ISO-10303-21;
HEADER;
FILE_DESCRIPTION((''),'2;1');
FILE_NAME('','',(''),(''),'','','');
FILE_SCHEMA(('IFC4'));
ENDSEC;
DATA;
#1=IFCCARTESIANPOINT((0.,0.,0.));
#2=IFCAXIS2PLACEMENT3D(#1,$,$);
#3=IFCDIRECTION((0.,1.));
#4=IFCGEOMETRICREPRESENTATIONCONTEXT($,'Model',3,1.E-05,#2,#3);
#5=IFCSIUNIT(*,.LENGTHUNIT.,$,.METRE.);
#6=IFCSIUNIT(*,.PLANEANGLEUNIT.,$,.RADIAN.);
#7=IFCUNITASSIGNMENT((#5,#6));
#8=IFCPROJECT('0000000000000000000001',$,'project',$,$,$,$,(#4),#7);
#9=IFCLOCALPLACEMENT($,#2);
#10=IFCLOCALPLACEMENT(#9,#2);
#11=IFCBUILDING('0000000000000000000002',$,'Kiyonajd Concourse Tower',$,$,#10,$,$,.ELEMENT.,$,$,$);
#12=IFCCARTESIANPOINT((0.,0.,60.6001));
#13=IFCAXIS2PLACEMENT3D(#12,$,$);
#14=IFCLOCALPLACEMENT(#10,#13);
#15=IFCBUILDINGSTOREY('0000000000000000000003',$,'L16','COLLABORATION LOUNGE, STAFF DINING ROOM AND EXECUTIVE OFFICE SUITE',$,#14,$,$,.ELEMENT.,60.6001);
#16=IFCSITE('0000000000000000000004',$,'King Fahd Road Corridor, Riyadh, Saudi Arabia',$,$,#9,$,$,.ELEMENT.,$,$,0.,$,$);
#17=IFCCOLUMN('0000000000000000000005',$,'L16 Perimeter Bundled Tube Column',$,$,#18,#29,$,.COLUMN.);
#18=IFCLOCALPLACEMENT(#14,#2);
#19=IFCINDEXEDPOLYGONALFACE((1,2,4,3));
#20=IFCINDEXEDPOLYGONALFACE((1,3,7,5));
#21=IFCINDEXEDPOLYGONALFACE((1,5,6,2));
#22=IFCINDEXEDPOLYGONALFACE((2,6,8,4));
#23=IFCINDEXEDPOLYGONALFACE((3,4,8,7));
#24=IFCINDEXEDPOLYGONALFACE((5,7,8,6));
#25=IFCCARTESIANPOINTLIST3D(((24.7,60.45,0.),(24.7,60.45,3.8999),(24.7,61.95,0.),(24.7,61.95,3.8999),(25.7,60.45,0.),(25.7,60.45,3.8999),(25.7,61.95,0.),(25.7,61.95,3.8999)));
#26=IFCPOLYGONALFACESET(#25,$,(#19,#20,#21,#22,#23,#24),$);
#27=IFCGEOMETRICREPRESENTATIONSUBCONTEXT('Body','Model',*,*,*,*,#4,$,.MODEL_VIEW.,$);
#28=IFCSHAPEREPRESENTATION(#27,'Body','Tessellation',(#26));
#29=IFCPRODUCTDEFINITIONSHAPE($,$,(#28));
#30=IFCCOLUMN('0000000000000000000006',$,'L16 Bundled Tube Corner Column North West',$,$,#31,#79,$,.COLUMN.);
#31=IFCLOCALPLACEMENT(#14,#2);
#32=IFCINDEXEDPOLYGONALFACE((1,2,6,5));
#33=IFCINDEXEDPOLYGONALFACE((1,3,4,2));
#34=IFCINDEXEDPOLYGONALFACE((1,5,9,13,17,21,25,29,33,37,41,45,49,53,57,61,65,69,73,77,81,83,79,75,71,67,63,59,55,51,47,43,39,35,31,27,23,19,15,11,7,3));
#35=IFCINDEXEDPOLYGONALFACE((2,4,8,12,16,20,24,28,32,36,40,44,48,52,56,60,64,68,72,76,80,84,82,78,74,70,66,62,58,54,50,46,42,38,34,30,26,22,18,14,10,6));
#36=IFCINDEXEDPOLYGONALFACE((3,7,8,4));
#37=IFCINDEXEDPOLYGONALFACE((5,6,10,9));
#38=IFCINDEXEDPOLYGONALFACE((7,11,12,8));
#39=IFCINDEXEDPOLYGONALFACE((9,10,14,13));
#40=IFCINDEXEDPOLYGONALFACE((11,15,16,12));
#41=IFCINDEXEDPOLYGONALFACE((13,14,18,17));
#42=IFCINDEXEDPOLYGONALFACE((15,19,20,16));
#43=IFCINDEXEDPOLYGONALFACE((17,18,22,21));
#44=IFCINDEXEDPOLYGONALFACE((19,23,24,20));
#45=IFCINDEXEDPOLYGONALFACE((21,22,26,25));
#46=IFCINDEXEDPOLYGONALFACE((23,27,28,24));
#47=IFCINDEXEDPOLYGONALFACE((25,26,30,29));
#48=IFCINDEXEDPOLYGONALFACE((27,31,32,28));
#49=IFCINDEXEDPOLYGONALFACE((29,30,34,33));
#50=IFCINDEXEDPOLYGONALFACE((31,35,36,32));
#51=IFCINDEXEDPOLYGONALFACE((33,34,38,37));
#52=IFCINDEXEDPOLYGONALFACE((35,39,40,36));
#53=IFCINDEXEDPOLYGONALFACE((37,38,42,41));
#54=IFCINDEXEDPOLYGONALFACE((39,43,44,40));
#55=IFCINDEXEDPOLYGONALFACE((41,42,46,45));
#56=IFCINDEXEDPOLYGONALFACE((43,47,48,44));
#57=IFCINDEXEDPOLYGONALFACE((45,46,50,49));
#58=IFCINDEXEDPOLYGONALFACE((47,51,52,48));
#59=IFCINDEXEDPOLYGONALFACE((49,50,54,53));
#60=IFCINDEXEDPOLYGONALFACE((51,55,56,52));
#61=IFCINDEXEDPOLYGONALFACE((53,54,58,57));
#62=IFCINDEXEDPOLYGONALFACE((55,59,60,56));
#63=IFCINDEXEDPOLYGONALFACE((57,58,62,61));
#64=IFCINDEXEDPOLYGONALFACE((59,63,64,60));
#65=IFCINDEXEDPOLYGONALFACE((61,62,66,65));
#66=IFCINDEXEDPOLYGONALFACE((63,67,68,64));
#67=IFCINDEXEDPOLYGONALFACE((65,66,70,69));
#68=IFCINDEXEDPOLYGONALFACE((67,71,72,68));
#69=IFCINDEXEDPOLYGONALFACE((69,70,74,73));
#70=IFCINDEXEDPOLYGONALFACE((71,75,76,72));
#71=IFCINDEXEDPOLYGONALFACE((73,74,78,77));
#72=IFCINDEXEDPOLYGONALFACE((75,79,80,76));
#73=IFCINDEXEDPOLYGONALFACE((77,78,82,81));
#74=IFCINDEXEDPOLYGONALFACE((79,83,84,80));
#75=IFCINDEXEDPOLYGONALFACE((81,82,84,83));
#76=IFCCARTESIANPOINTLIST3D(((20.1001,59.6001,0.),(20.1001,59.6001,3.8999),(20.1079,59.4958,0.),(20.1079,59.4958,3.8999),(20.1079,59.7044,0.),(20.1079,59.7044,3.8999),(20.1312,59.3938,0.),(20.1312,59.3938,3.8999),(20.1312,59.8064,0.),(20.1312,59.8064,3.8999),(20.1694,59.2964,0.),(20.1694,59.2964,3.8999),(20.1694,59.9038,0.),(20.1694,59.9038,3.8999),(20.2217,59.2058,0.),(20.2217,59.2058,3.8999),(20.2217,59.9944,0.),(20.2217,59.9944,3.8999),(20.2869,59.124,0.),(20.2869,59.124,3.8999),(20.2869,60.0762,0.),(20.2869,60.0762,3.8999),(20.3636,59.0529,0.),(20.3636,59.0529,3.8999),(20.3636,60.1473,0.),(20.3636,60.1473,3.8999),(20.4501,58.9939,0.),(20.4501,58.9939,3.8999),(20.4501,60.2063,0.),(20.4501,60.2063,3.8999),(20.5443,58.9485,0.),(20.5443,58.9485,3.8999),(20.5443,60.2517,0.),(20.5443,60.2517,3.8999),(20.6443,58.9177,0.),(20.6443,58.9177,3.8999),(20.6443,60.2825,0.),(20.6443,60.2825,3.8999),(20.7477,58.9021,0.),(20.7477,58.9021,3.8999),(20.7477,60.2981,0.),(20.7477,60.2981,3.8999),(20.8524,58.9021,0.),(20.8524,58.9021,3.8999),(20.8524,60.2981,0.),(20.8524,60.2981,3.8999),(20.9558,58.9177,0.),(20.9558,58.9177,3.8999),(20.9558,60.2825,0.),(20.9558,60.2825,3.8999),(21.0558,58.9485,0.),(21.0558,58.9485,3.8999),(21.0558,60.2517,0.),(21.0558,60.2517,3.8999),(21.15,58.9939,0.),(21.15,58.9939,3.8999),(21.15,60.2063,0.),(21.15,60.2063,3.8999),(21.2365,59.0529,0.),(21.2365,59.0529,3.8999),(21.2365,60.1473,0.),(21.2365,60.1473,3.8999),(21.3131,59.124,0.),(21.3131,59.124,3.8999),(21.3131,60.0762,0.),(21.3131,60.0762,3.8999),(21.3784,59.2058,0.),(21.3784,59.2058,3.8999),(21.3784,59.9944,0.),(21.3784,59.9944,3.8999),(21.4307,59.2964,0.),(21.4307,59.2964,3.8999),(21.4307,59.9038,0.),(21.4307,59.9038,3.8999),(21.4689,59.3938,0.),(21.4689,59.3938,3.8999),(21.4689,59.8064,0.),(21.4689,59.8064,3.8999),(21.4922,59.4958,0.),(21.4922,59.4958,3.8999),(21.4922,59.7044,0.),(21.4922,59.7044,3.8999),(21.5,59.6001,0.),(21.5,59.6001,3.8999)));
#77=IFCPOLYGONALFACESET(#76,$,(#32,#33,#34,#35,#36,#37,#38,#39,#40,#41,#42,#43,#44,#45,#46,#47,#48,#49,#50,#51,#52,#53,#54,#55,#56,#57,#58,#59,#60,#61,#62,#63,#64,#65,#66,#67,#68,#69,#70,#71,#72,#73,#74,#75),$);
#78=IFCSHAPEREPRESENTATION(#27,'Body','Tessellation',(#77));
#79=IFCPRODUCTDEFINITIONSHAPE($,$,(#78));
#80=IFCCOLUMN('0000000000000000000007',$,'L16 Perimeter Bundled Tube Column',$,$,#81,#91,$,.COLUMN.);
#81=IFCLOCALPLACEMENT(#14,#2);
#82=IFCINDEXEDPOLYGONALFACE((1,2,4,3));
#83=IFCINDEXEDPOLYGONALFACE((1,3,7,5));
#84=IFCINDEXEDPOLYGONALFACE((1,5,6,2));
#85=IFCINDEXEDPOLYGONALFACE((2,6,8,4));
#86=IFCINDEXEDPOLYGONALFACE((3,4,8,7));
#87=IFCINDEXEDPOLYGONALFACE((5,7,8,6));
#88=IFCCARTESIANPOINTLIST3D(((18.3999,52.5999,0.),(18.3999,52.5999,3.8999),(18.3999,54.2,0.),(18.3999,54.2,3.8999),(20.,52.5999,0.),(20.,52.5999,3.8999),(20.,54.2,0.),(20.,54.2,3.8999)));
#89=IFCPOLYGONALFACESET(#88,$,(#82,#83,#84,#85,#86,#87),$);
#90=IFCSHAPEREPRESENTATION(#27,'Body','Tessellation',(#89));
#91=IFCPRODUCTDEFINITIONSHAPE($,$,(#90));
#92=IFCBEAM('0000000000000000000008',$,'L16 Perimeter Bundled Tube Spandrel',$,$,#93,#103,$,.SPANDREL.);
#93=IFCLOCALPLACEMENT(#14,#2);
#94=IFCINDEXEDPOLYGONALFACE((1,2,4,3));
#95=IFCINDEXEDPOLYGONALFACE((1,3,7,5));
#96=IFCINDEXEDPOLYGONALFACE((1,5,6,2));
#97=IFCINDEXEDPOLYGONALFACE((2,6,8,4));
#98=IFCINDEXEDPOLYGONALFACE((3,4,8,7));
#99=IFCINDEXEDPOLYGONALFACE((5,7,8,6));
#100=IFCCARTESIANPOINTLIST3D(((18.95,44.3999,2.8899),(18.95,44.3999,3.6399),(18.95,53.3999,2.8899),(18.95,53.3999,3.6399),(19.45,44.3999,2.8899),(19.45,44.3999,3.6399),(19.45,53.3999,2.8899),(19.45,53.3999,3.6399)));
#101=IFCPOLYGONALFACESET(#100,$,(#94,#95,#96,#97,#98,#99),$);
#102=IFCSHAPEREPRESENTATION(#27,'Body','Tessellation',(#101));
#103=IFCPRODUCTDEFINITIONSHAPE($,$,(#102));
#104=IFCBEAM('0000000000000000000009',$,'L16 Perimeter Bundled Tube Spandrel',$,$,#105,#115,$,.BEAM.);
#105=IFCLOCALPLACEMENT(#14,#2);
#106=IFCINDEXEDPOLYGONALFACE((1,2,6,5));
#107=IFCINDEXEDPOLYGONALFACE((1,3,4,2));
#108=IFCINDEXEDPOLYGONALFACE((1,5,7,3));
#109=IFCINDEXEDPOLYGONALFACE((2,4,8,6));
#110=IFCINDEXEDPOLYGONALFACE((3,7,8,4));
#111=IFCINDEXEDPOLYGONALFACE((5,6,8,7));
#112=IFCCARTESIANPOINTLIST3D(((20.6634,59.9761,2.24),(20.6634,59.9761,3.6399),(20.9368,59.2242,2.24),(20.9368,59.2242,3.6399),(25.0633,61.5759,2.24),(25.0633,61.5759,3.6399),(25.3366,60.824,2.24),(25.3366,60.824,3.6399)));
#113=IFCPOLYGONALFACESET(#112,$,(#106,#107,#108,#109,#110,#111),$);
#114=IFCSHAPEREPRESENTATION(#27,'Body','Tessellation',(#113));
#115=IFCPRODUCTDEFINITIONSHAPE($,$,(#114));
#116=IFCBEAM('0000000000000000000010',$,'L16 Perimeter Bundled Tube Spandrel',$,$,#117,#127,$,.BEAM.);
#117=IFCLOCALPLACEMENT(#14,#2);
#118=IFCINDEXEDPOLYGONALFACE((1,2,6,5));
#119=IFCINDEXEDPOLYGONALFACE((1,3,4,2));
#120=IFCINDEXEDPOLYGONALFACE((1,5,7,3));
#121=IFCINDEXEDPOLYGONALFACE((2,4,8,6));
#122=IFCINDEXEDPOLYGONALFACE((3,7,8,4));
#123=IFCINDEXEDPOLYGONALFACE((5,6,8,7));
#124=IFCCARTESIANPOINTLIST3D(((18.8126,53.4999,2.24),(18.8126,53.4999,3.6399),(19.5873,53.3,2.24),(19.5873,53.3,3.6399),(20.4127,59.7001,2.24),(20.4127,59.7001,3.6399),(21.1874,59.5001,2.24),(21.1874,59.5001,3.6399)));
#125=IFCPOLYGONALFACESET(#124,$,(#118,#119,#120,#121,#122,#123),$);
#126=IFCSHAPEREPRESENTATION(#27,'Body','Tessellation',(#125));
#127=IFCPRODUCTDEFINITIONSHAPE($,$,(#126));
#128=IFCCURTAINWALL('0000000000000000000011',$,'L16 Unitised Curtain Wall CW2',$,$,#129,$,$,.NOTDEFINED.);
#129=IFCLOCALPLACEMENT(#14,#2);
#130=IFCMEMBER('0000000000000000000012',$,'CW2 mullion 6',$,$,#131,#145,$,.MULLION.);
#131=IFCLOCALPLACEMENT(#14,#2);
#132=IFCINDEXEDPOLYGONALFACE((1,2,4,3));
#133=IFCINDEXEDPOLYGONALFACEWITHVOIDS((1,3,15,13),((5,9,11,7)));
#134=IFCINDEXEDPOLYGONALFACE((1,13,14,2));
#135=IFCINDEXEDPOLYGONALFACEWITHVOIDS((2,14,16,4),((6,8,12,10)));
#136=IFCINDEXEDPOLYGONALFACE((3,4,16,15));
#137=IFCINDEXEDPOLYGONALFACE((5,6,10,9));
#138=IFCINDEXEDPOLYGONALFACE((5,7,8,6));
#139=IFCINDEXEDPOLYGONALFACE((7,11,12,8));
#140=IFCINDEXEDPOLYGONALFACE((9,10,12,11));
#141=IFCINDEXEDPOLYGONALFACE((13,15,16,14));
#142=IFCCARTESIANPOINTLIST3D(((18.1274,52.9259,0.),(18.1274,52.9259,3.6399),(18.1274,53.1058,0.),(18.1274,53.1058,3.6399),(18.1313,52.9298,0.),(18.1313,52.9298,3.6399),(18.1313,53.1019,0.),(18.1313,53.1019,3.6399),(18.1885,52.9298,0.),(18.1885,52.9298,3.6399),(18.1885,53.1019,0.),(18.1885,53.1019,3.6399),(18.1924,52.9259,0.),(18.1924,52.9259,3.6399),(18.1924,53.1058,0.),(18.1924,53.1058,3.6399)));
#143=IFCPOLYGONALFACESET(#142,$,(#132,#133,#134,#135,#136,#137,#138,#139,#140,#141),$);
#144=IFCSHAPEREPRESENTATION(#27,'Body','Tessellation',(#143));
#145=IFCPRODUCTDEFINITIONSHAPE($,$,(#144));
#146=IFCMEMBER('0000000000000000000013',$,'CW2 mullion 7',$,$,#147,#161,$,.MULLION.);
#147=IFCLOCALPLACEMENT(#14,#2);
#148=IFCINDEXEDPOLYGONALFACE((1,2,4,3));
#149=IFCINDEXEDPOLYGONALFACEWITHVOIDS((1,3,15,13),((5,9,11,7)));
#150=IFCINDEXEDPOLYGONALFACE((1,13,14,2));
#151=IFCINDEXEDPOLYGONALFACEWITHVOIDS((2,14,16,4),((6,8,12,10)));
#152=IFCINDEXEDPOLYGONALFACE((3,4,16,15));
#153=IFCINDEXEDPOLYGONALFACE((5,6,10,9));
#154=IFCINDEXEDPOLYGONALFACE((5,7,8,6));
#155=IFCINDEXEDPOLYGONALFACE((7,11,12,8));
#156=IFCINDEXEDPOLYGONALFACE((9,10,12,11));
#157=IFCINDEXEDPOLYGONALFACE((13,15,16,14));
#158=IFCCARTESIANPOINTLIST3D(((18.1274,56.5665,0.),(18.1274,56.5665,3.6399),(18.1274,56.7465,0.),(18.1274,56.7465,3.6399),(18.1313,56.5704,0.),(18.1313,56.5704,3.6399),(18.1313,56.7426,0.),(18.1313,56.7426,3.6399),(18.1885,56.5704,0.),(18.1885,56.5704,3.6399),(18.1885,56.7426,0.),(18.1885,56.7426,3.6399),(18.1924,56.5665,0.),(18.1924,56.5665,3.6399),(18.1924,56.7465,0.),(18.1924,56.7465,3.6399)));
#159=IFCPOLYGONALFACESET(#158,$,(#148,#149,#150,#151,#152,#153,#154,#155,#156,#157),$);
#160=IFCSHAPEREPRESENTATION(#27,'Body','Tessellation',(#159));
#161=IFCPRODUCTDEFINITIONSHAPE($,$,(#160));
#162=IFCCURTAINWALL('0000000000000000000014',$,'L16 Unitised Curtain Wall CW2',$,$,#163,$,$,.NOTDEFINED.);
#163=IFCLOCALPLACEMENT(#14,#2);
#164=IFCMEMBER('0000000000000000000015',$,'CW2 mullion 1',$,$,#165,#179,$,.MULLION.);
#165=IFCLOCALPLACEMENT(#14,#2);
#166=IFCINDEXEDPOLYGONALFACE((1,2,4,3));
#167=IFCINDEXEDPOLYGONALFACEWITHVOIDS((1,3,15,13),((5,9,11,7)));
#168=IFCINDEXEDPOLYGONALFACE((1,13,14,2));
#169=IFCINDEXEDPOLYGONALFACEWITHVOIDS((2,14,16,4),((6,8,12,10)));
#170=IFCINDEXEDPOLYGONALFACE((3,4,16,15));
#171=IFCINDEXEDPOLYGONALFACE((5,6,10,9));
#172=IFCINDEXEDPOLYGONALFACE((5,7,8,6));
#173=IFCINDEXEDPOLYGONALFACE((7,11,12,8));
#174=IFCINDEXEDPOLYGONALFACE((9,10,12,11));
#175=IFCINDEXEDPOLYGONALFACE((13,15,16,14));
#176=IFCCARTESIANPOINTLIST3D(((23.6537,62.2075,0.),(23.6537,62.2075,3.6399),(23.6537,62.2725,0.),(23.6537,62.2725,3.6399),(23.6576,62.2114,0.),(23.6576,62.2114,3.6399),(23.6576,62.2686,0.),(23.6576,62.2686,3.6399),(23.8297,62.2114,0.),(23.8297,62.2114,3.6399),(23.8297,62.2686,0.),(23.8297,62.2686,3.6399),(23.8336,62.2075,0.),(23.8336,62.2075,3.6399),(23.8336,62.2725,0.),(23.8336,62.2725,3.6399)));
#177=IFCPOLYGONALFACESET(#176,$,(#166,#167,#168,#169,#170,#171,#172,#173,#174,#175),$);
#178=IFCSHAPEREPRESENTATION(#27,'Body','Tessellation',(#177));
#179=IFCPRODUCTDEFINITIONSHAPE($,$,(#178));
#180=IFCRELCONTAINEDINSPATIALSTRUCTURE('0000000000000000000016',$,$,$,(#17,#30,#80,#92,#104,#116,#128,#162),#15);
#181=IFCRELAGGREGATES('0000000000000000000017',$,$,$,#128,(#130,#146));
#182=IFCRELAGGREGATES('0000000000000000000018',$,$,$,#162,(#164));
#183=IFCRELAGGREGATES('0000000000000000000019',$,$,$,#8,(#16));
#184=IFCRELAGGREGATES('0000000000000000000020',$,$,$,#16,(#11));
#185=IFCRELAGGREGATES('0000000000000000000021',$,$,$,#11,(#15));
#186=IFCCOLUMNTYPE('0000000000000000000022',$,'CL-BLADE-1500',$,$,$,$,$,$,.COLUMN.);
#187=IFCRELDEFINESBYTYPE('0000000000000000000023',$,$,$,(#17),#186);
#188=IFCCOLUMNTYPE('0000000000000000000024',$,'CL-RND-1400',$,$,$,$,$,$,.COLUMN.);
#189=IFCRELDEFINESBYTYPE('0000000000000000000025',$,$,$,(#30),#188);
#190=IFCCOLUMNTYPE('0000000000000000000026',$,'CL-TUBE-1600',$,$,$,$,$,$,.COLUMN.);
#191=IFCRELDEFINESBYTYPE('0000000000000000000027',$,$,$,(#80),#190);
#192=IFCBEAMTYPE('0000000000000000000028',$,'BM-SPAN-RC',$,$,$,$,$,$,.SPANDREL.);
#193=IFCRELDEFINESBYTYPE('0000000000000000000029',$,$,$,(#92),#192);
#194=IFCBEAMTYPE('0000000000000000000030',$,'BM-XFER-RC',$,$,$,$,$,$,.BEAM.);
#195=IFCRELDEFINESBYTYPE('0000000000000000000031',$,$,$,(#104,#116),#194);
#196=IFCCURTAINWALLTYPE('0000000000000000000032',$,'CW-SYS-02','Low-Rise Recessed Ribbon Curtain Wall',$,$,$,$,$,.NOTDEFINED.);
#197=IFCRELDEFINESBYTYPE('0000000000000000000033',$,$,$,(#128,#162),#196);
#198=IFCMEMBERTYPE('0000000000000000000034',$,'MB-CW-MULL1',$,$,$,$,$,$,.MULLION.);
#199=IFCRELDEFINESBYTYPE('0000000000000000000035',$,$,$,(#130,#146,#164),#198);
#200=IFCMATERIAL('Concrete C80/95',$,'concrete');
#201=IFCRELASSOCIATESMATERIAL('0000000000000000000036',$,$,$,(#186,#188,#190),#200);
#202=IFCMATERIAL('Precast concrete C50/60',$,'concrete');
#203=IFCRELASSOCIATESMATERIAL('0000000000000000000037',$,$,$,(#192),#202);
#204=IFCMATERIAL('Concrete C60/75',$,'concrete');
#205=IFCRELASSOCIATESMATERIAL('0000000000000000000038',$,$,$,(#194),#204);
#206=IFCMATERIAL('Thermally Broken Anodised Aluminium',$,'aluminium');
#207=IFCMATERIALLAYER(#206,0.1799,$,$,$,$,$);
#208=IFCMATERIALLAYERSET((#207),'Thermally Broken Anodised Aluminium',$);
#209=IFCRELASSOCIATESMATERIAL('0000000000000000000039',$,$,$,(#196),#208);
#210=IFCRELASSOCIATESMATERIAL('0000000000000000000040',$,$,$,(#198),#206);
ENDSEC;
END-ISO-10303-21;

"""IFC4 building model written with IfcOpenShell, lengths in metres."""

from ifc_helpers import new_model, si_unit, direction, frame, origin, origin_2d, place, context, subcontext, project, spatial, rectangle, hollow_rectangle, circle, extrude, material, layer, layer_set, material_profile, profile_set, type_object, element, aggregate, save


model = new_model("IFC4")

# Units and contexts
model_context = context("Model", 3, precision=1e-05, world=origin(), true_north=direction((0.0, 1.0)))
body_context = subcontext(model_context, "Body", "Model", "MODEL_VIEW")
ifc_project = project(units=[si_unit("LENGTHUNIT", "METRE"), si_unit("PLANEANGLEUNIT", "RADIAN")], contexts=[model_context])

# Site, building, storey
site_placement = place(None, origin())
site = spatial("IfcSite", under=ifc_project, at=site_placement, Name="King Fahd Road Corridor, Riyadh, Saudi Arabia", CompositionType="ELEMENT", RefElevation=0.0)
building_placement = place(site_placement, origin())
building = spatial("IfcBuilding", under=site, at=building_placement, Name="Kiyonajd Concourse Tower", CompositionType="ELEMENT")
storey_placement = place(building_placement, frame((0.0, 0.0, 60.6001)))
storey = spatial("IfcBuildingStorey", under=building, at=storey_placement, Name="L16", Description="COLLABORATION LOUNGE, STAFF DINING ROOM AND EXECUTIVE OFFICE SUITE", CompositionType="ELEMENT", Elevation=60.6001)

# Columns
ifc_material_1 = material(Name="Concrete C80/95", Category="concrete")
ifc_material_profile_1 = material_profile(ifc_material_1, rectangle(XDim=1.0, YDim=1.5, at=origin_2d()), Name="RC-1500x1000")
ifc_profile_set_1 = profile_set([ifc_material_profile_1], Name="Concrete C80/95")
column_type_1 = type_object("IfcColumnType", Name="CL-BLADE-1500", PredefinedType="COLUMN", material=ifc_profile_set_1)
column_1_placement = place(storey_placement, frame((25.2, 61.2, 0.0), z_axis=(0.0, 0.0, 1.0), x_axis=(1.0, 0.0, 0.0)))
element("IfcColumn", 1, at=column_1_placement, inside=storey, type_object=column_type_1, Name="L16 Perimeter Bundled Tube Column", PredefinedType="COLUMN", context=body_context, shape_type="SweptSolid", body=[
    extrude(rectangle(XDim=1.0, YDim=1.5, at=origin_2d()), origin(), (0.0, 0.0, 1.0), 3.8999),
])
ifc_material_profile_2 = material_profile(ifc_material_1, circle(Radius=0.7, at=origin_2d()), Name="RCC-D1400")
ifc_profile_set_2 = profile_set([ifc_material_profile_2], Name="Concrete C80/95")
column_type_2 = type_object("IfcColumnType", Name="CL-RND-1400", PredefinedType="COLUMN", material=ifc_profile_set_2)
column_2_placement = place(storey_placement, frame((20.8, 59.6001, 0.0), z_axis=(0.0, 0.0, 1.0), x_axis=(1.0, 0.0, 0.0)))
element("IfcColumn", 2, at=column_2_placement, inside=storey, type_object=column_type_2, Name="L16 Bundled Tube Corner Column North West", PredefinedType="COLUMN", context=body_context, shape_type="SweptSolid", body=[
    extrude(circle(Radius=0.7, at=origin_2d()), origin(), (0.0, 0.0, 1.0), 3.8999),
])
ifc_material_profile_3 = material_profile(ifc_material_1, rectangle(XDim=1.6001, YDim=1.6001, at=origin_2d()), Name="RC-1600x1600")
ifc_profile_set_3 = profile_set([ifc_material_profile_3], Name="Concrete C80/95")
column_type_3 = type_object("IfcColumnType", Name="CL-TUBE-1600", PredefinedType="COLUMN", material=ifc_profile_set_3)
column_3_placement = place(storey_placement, frame((19.2, 53.3999, 0.0), z_axis=(0.0, 0.0, 1.0), x_axis=(1.0, 0.0, 0.0)))
element("IfcColumn", 3, at=column_3_placement, inside=storey, type_object=column_type_3, Name="L16 Perimeter Bundled Tube Column", PredefinedType="COLUMN", context=body_context, shape_type="SweptSolid", body=[
    extrude(rectangle(XDim=1.6001, YDim=1.6001, at=origin_2d()), origin(), (0.0, 0.0, 1.0), 3.8999),
])

# Beams
ifc_material_2 = material(Name="Precast concrete C50/60", Category="concrete")
ifc_material_profile_4 = material_profile(ifc_material_2, rectangle(XDim=0.5, YDim=0.75, at=origin_2d()), Name="RCBM-500x750")
ifc_profile_set_4 = profile_set([ifc_material_profile_4], Name="Precast concrete C50/60")
beam_type_1 = type_object("IfcBeamType", Name="BM-SPAN-RC", PredefinedType="SPANDREL", material=ifc_profile_set_4)
beam_1_placement = place(storey_placement, frame((19.2, 53.3999, 3.2649), z_axis=(0.0, -1.0, 0.0), x_axis=(1.0, 0.0, 0.0)))
element("IfcBeam", 4, at=beam_1_placement, inside=storey, type_object=beam_type_1, Name="L16 Perimeter Bundled Tube Spandrel", PredefinedType="SPANDREL", context=body_context, shape_type="SweptSolid", body=[
    extrude(rectangle(XDim=0.5, YDim=0.75, at=origin_2d()), origin(), (0.0, 0.0, 1.0), 9.0),
])
ifc_material_3 = material(Name="Concrete C60/75", Category="concrete")
ifc_material_profile_5 = material_profile(ifc_material_3, rectangle(XDim=0.8, YDim=1.3999, at=origin_2d()), Name="RCBM-800x1400")
ifc_profile_set_5 = profile_set([ifc_material_profile_5], Name="Concrete C60/75")
beam_type_2 = type_object("IfcBeamType", Name="BM-XFER-RC", PredefinedType="BEAM", material=ifc_profile_set_5)
beam_2_placement = place(storey_placement, frame((25.2, 61.2, 2.9399), z_axis=(-0.939801, -0.341722, 0.0), x_axis=(0.341722, -0.939801, 0.0)))
element("IfcBeam", 5, at=beam_2_placement, inside=storey, type_object=beam_type_2, Name="L16 Perimeter Bundled Tube Spandrel", PredefinedType="BEAM", context=body_context, shape_type="SweptSolid", body=[
    extrude(rectangle(XDim=0.8, YDim=1.3999, at=origin_2d()), origin(), (0.0, 0.0, 1.0), 4.6816),
])
beam_3_placement = place(storey_placement, frame((20.8, 59.6001, 2.9399), z_axis=(-0.249885, -0.968276, 0.0), x_axis=(0.968276, -0.249885, 0.0)))
element("IfcBeam", 6, at=beam_3_placement, inside=storey, type_object=beam_type_2, Name="L16 Perimeter Bundled Tube Spandrel", PredefinedType="BEAM", context=body_context, shape_type="SweptSolid", body=[
    extrude(rectangle(XDim=0.8, YDim=1.3999, at=origin_2d()), origin(), (0.0, 0.0, 1.0), 6.4033),
])

# Curtain walls, members
ifc_material_4 = material(Name="Thermally Broken Anodised Aluminium", Category="aluminium")
ifc_layer_1 = layer(ifc_material_4, 0.1799)
ifc_layer_set_1 = layer_set([ifc_layer_1], Name="Thermally Broken Anodised Aluminium")
curtain_wall_type = type_object("IfcCurtainWallType", Name="CW-SYS-02", Description="Low-Rise Recessed Ribbon Curtain Wall", PredefinedType="NOTDEFINED", material=ifc_layer_set_1)
curtain_wall_1_placement = place(storey_placement, origin())
curtain_wall_1 = element("IfcCurtainWall", 7, at=curtain_wall_1_placement, inside=storey, type_object=curtain_wall_type, Name="L16 Unitised Curtain Wall CW2", PredefinedType="NOTDEFINED")
ifc_material_profile_6 = material_profile(ifc_material_4, hollow_rectangle(XDim=0.0649, YDim=0.1799, WallThickness=0.0039, at=origin_2d()), Name="MULL-65x180")
ifc_profile_set_6 = profile_set([ifc_material_profile_6], Name="Thermally Broken Anodised Aluminium")
member_type_1 = type_object("IfcMemberType", Name="MB-CW-MULL1", PredefinedType="MULLION", material=ifc_profile_set_6)
member_1_placement = place(storey_placement, frame((18.1599, 53.0159, 0.0), z_axis=(0.0, 0.0, 1.0), x_axis=(-1.0, 0.0, 0.0)))
member_1 = element("IfcMember", 8, at=member_1_placement, type_object=member_type_1, Name="CW2 mullion 6", PredefinedType="MULLION", context=body_context, shape_type="SweptSolid", body=[
    extrude(hollow_rectangle(XDim=0.0649, YDim=0.1799, WallThickness=0.0039, at=origin_2d()), origin(), (0.0, 0.0, 1.0), 3.6399),
])
member_2_placement = place(storey_placement, frame((18.1599, 56.6565, 0.0), z_axis=(0.0, 0.0, 1.0), x_axis=(-1.0, 0.0, 0.0)))
member_2 = element("IfcMember", 9, at=member_2_placement, type_object=member_type_1, Name="CW2 mullion 7", PredefinedType="MULLION", context=body_context, shape_type="SweptSolid", body=[
    extrude(hollow_rectangle(XDim=0.0649, YDim=0.1799, WallThickness=0.0039, at=origin_2d()), origin(), (0.0, 0.0, 1.0), 3.6399),
])
curtain_wall_2_placement = place(storey_placement, origin())
curtain_wall_2 = element("IfcCurtainWall", 10, at=curtain_wall_2_placement, inside=storey, type_object=curtain_wall_type, Name="L16 Unitised Curtain Wall CW2", PredefinedType="NOTDEFINED")
member_3_placement = place(storey_placement, frame((23.7437, 62.24, 0.0), z_axis=(0.0, 0.0, 1.0), x_axis=(0.0, 1.0, 0.0)))
member_3 = element("IfcMember", 11, at=member_3_placement, type_object=member_type_1, Name="CW2 mullion 1", PredefinedType="MULLION", context=body_context, shape_type="SweptSolid", body=[
    extrude(hollow_rectangle(XDim=0.0649, YDim=0.1799, WallThickness=0.0039, at=origin_2d()), origin(), (0.0, 0.0, 1.0), 3.6399),
])

aggregate(curtain_wall_1, [member_1, member_2])
aggregate(curtain_wall_2, [member_3])

save(model, "model.ifc")
